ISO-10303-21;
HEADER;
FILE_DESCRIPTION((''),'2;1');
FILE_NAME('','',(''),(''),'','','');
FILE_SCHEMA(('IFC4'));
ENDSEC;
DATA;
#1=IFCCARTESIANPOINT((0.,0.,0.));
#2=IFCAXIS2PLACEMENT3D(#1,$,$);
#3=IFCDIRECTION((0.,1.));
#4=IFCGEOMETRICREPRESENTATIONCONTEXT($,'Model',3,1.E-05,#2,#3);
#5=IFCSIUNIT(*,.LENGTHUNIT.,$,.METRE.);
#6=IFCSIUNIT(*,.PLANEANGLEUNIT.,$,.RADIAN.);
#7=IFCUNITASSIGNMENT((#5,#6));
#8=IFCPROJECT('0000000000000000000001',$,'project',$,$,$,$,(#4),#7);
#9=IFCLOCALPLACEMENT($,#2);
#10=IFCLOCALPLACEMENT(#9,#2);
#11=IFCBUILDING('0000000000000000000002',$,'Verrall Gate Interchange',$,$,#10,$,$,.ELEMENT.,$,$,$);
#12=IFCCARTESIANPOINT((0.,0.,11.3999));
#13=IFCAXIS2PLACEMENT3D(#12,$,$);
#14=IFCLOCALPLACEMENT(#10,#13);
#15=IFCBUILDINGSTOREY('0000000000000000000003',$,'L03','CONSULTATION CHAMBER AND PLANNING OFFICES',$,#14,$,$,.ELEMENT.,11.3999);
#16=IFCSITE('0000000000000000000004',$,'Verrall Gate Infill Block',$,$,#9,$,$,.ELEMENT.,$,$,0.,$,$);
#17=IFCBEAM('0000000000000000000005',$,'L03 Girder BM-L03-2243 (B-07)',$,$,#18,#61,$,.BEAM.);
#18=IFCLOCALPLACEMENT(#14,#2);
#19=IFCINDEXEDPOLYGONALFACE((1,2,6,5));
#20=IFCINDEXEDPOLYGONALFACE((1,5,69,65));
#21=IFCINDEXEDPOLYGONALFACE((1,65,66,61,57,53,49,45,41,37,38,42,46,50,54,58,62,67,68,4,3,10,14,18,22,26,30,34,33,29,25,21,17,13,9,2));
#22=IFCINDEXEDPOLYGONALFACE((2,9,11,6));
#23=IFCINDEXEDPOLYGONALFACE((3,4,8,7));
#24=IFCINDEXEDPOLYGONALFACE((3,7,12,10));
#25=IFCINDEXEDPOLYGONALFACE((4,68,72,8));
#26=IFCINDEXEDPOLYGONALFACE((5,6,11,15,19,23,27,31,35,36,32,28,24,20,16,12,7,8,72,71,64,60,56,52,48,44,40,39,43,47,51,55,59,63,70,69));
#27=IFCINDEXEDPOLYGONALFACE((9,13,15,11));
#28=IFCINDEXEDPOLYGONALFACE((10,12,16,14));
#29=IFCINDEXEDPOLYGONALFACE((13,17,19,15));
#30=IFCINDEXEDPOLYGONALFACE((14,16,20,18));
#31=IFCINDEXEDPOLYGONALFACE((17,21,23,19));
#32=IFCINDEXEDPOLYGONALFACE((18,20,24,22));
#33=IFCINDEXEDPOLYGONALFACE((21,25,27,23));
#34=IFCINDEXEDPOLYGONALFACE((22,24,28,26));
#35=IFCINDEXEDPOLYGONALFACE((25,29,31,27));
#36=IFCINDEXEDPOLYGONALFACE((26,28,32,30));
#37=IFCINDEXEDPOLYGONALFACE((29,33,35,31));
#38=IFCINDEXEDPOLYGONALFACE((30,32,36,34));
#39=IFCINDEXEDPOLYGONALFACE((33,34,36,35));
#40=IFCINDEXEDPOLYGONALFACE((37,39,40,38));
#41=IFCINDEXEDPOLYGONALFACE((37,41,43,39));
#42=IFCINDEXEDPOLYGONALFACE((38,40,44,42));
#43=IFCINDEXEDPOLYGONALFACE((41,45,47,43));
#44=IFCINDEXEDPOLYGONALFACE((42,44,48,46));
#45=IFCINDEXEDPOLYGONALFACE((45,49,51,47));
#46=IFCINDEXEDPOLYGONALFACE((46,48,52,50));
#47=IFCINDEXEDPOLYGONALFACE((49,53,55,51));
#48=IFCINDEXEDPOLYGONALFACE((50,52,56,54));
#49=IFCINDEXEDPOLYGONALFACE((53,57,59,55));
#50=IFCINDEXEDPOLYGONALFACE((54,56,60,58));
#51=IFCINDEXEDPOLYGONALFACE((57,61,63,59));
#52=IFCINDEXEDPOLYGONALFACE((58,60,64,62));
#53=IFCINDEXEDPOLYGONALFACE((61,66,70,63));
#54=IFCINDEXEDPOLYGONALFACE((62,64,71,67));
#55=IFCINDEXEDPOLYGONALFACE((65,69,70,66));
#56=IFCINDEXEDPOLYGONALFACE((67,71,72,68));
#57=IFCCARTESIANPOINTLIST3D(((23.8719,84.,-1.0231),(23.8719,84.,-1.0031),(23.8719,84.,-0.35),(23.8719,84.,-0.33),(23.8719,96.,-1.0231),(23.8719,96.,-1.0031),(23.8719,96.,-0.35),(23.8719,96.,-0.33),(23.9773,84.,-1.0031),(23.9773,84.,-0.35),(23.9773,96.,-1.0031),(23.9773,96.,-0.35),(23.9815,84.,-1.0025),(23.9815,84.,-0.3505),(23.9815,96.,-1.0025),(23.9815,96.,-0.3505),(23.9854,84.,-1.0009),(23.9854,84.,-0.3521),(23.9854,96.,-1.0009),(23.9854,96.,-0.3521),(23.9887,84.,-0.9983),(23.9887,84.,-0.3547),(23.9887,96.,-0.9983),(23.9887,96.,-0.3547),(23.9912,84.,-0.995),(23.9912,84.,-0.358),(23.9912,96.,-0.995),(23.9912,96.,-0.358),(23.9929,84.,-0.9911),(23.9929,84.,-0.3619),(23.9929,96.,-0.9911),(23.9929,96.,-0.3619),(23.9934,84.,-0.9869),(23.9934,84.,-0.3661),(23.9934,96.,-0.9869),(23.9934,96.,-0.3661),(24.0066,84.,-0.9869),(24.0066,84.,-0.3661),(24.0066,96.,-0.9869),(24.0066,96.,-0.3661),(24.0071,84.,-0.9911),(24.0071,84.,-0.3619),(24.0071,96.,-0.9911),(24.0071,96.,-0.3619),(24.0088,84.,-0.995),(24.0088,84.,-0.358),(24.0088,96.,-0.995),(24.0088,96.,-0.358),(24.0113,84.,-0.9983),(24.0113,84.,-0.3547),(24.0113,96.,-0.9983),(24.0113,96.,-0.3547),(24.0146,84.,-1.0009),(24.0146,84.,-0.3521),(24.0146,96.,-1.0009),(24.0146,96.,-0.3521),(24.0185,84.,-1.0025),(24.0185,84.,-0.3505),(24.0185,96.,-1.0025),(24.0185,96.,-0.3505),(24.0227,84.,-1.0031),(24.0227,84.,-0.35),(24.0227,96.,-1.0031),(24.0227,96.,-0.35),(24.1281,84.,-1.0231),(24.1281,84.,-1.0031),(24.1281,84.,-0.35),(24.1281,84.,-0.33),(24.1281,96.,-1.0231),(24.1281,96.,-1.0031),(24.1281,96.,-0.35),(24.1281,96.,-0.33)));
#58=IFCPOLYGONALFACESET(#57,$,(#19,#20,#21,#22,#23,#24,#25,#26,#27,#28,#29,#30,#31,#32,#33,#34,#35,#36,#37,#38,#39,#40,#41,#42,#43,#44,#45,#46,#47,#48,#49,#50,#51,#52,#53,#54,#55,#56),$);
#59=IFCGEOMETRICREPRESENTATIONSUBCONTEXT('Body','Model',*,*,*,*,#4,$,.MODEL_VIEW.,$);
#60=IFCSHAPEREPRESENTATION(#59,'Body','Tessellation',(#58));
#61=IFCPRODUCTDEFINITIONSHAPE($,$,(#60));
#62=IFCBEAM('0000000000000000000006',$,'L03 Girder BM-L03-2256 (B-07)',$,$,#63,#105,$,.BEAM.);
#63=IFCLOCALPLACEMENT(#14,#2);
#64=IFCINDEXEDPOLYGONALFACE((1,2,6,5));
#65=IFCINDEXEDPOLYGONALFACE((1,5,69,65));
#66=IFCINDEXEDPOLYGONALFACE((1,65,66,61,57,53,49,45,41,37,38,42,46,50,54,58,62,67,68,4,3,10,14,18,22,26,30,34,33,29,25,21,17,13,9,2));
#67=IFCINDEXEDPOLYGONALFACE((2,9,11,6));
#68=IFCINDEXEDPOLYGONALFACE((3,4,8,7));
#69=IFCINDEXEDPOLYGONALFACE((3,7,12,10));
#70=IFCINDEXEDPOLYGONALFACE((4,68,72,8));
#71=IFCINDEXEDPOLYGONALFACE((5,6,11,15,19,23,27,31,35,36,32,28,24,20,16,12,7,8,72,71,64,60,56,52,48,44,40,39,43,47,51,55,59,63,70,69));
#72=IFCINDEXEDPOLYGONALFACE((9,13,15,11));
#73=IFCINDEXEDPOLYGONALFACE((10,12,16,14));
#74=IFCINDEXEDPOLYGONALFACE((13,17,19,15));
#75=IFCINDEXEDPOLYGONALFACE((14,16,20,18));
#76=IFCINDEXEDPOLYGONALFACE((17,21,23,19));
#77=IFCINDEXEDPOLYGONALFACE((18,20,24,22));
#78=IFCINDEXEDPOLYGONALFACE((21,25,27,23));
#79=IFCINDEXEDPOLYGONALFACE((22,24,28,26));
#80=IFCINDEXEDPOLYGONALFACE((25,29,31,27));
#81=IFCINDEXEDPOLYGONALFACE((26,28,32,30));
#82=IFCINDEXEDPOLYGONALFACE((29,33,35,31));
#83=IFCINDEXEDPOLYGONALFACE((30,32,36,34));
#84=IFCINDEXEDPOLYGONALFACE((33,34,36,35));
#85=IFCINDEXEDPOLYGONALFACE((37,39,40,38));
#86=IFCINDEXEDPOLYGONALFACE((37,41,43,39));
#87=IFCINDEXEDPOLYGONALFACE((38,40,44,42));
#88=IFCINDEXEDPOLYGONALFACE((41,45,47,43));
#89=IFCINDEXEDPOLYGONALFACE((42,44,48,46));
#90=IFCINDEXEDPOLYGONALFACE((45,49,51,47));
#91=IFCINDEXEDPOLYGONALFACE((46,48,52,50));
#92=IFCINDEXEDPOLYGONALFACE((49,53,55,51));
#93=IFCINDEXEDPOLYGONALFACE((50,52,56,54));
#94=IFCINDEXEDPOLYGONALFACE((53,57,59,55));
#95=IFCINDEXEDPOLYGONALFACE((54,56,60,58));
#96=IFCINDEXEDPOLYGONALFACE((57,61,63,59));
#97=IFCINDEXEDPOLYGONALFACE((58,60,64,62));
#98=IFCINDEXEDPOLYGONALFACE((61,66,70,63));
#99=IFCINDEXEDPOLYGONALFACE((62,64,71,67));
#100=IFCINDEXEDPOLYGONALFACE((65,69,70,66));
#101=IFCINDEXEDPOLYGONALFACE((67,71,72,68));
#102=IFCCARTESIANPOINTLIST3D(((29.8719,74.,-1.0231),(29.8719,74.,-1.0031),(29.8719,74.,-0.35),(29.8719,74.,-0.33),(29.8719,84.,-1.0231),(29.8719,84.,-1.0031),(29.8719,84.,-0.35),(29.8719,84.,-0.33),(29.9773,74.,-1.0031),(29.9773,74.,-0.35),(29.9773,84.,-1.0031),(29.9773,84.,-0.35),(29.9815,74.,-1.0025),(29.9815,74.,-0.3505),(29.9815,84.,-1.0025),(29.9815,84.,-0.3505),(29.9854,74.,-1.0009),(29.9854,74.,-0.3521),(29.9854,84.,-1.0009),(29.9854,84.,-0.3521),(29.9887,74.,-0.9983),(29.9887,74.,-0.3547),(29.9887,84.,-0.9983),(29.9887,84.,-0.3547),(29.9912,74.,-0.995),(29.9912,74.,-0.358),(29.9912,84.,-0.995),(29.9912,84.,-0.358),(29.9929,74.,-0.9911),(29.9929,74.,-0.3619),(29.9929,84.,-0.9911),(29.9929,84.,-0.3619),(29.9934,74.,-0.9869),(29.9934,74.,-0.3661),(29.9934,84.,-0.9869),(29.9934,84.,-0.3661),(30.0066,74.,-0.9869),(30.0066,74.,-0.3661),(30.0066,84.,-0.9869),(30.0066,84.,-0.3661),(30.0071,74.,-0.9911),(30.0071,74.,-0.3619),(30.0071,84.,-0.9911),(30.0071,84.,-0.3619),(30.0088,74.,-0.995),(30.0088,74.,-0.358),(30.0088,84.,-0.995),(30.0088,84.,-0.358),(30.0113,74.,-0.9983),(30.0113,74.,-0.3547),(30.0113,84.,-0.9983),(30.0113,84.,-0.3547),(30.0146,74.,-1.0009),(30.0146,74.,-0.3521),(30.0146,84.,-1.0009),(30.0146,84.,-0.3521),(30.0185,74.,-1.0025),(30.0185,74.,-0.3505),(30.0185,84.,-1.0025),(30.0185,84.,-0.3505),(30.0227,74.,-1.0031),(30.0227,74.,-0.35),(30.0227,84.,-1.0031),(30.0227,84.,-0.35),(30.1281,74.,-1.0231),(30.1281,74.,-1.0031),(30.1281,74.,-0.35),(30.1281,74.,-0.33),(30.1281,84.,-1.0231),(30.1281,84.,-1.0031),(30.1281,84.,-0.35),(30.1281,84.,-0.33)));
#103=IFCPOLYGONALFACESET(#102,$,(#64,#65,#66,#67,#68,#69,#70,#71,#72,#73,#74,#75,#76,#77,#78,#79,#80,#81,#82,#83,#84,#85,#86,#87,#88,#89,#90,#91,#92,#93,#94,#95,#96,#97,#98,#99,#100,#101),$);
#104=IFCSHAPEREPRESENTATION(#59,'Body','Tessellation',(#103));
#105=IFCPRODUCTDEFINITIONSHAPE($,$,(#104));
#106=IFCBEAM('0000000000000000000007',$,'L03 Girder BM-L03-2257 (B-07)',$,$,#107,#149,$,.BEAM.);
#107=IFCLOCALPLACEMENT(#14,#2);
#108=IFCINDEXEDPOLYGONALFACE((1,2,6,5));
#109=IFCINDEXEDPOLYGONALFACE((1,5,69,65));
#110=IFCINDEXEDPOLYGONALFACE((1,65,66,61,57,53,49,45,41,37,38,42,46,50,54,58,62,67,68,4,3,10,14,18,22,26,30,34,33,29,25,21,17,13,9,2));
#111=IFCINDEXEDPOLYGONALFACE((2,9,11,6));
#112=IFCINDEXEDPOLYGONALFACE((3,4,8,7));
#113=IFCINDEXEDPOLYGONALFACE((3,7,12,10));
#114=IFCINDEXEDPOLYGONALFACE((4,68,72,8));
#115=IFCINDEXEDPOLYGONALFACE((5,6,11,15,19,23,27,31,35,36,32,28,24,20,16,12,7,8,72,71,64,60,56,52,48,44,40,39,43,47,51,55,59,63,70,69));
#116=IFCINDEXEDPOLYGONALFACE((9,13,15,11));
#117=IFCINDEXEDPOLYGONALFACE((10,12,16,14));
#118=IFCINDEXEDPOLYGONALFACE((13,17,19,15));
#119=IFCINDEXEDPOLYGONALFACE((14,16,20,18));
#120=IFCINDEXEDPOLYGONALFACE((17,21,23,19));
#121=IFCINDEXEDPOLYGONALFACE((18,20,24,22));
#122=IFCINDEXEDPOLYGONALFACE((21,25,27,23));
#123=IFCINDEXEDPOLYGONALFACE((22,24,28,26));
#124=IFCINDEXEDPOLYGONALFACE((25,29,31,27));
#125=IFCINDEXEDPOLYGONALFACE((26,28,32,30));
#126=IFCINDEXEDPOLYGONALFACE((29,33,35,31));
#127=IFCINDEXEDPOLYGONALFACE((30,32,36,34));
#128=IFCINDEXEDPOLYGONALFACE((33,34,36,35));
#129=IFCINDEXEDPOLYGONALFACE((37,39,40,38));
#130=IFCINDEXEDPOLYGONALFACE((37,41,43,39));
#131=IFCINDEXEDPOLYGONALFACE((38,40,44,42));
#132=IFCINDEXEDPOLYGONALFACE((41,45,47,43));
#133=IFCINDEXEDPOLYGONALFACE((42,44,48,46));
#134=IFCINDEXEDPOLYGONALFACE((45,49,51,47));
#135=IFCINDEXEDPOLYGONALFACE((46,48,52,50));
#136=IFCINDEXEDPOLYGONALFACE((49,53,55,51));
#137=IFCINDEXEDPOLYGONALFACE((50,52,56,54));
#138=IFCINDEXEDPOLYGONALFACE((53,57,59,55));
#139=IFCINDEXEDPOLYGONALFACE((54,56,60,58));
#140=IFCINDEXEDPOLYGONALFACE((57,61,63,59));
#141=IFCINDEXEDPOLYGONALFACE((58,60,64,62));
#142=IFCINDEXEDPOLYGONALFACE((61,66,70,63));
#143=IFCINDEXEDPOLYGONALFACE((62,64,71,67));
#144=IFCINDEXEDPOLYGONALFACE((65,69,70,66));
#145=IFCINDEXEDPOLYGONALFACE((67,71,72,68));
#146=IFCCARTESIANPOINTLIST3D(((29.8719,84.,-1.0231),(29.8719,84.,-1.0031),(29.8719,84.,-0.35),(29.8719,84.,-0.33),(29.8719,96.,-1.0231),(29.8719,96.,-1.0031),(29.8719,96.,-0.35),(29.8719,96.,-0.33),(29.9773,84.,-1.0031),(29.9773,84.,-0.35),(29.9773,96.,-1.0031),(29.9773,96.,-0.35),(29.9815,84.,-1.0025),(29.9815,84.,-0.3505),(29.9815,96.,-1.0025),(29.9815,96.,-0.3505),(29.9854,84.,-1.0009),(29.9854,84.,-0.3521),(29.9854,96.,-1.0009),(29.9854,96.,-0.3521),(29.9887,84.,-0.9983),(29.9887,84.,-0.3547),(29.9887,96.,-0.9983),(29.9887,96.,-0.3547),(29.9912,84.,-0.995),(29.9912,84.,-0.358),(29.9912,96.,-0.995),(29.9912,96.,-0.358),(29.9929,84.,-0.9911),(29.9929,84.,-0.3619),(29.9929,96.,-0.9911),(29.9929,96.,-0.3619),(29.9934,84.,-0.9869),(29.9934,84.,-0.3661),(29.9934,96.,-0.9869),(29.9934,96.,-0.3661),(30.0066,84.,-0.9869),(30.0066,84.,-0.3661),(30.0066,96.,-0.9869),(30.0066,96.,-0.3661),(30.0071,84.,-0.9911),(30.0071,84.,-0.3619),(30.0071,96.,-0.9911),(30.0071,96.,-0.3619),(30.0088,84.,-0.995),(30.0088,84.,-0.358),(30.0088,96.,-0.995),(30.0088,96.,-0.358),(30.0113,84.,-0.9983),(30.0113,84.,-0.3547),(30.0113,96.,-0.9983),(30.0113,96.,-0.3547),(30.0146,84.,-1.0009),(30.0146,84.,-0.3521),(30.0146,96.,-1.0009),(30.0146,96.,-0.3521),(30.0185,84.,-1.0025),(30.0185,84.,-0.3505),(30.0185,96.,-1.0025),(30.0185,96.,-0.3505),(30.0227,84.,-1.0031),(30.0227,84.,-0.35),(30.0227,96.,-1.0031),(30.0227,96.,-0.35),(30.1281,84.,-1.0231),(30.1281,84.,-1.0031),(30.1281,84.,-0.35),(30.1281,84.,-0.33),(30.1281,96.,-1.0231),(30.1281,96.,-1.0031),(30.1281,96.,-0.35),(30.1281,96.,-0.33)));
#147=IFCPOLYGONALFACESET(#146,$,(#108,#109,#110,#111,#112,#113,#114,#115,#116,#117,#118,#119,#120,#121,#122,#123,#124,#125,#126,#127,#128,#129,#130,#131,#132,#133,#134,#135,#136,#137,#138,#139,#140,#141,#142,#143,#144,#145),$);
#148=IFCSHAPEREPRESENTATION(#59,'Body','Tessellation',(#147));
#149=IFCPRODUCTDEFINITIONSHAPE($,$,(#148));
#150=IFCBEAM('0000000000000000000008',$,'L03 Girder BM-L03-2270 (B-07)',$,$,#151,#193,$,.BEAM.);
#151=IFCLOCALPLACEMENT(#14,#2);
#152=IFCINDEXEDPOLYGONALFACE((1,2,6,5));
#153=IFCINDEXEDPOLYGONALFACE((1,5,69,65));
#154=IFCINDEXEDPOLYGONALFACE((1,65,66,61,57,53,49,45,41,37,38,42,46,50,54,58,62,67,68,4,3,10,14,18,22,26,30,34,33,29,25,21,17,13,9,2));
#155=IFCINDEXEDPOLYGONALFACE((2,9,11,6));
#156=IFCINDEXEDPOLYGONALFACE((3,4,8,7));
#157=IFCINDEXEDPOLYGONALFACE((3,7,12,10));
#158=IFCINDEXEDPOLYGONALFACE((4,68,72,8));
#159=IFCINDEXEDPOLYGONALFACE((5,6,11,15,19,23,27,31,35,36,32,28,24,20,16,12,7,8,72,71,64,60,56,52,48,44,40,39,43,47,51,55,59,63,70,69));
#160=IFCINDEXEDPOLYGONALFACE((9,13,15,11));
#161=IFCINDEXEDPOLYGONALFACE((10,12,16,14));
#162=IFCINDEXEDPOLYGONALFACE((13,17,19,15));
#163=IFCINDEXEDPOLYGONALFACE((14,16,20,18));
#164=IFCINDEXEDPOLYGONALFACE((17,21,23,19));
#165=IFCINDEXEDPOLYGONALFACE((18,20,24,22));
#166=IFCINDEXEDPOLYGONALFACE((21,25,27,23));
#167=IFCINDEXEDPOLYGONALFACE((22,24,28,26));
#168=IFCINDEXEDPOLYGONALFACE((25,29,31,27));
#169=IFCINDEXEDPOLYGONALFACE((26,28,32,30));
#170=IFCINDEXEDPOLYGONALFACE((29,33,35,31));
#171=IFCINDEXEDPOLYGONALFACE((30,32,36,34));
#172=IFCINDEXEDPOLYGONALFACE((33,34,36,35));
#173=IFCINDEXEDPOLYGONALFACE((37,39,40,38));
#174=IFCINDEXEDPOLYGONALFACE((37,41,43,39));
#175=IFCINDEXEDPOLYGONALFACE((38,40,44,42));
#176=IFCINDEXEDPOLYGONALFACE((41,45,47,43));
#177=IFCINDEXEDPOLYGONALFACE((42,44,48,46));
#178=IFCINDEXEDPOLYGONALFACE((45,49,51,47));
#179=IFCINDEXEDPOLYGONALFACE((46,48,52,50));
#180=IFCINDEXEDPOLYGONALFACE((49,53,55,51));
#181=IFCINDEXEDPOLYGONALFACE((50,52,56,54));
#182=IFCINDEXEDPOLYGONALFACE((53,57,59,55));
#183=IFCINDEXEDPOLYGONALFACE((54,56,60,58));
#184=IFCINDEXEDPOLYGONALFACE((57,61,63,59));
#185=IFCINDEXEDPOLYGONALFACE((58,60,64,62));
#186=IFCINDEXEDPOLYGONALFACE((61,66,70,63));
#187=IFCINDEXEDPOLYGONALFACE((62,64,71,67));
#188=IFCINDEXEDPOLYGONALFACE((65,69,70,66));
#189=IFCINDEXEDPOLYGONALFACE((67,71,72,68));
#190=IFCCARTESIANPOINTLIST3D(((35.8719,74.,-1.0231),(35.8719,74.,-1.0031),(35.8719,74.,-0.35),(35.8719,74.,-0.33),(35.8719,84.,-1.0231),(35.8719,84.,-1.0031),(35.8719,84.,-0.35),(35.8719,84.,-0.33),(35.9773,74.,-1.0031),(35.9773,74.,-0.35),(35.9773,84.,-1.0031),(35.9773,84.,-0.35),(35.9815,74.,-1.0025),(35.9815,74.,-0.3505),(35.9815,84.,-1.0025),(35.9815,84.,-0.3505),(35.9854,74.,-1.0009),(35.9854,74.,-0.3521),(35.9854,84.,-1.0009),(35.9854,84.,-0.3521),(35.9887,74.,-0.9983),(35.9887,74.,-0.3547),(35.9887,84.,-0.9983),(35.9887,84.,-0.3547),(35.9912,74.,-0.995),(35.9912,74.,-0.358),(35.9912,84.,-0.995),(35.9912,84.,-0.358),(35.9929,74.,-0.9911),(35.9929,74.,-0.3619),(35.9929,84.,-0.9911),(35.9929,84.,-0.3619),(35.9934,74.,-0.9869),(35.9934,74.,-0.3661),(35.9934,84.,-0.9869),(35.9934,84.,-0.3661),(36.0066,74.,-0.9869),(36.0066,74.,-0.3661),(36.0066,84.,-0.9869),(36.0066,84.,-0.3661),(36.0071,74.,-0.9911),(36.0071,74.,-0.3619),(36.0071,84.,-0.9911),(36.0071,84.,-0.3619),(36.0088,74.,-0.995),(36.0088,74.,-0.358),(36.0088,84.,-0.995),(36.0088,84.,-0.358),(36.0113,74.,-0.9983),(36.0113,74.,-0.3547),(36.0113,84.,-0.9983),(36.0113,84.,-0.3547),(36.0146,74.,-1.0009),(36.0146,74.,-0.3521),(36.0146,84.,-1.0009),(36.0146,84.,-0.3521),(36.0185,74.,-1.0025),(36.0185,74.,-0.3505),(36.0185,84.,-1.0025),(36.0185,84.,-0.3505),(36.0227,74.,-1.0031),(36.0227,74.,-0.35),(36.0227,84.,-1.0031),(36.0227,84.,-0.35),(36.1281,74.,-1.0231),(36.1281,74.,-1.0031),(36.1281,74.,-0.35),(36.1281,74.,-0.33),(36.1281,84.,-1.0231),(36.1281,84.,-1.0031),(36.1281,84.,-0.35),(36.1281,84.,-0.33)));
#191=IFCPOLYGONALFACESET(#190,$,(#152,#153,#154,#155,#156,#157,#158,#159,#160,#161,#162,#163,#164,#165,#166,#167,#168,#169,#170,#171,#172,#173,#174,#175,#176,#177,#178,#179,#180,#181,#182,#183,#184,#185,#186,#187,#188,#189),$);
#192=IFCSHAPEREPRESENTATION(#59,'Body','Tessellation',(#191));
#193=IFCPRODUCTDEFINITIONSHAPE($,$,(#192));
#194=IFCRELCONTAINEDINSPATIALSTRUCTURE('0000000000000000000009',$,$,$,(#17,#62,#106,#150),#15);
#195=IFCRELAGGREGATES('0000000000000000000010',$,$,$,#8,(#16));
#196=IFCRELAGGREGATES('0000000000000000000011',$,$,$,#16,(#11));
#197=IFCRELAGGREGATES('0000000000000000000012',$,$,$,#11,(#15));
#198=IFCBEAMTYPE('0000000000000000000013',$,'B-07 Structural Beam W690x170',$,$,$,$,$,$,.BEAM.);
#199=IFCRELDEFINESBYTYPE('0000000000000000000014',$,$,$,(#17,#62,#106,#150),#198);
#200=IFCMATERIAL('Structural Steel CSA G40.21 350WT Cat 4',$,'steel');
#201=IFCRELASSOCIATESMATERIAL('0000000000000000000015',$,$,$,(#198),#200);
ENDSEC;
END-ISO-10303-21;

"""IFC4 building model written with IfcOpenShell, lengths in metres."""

from ifc_helpers import new_model, si_unit, direction, frame, origin, origin_2d, place, context, subcontext, project, spatial, i_section, extrude, material, material_profile, profile_set, type_object, element, save


model = new_model("IFC4")

# Units and contexts
model_context = context("Model", 3, precision=1e-05, world=origin(), true_north=direction((0.0, 1.0)))
body_context = subcontext(model_context, "Body", "Model", "MODEL_VIEW")
ifc_project = project(units=[si_unit("LENGTHUNIT", "METRE"), si_unit("PLANEANGLEUNIT", "RADIAN")], contexts=[model_context])

# Site, building, storey
site_placement = place(None, origin())
site = spatial("IfcSite", under=ifc_project, at=site_placement, Name="Verrall Gate Infill Block", CompositionType="ELEMENT", RefElevation=0.0)
building_placement = place(site_placement, origin())
building = spatial("IfcBuilding", under=site, at=building_placement, Name="Verrall Gate Interchange", CompositionType="ELEMENT")
storey_placement = place(building_placement, frame((0.0, 0.0, 11.3999)))
storey = spatial("IfcBuildingStorey", under=building, at=storey_placement, Name="L03", Description="CONSULTATION CHAMBER AND PLANNING OFFICES", CompositionType="ELEMENT", Elevation=11.3999)

# Beams
ifc_material_1 = material(Name="Structural Steel CSA G40.21 350WT Cat 4", Category="steel")
ifc_material_profile_1 = material_profile(ifc_material_1, i_section(OverallWidth=0.2561, OverallDepth=0.6931, WebThickness=0.0132, FlangeThickness=0.02, FilletRadius=0.0161, at=origin_2d()), Name="W690x170")
ifc_profile_set_1 = profile_set([ifc_material_profile_1], Name="Structural Steel CSA G40.21 350WT Cat 4")
beam_type_1 = type_object("IfcBeamType", Name="B-07 Structural Beam W690x170", PredefinedType="BEAM", material=ifc_profile_set_1)
beam_1_placement = place(storey_placement, frame((24.0, 84.0, -0.6765), z_axis=(0.0, 1.0, 0.0), x_axis=(-1.0, 0.0, 0.0)))
element("IfcBeam", 1, at=beam_1_placement, inside=storey, type_object=beam_type_1, Name="L03 Girder BM-L03-2243 (B-07)", PredefinedType="BEAM", context=body_context, shape_type="SweptSolid", body=[
    extrude(i_section(OverallWidth=0.2561, OverallDepth=0.6931, WebThickness=0.0132, FlangeThickness=0.02, FilletRadius=0.0161, at=origin_2d()), origin(), (0.0, 0.0, 1.0), 12.0),
])
beam_2_placement = place(storey_placement, frame((30.0, 74.0, -0.6765), z_axis=(0.0, 1.0, 0.0), x_axis=(-1.0, 0.0, 0.0)))
element("IfcBeam", 2, at=beam_2_placement, inside=storey, type_object=beam_type_1, Name="L03 Girder BM-L03-2256 (B-07)", PredefinedType="BEAM", context=body_context, shape_type="SweptSolid", body=[
    extrude(i_section(OverallWidth=0.2561, OverallDepth=0.6931, WebThickness=0.0132, FlangeThickness=0.02, FilletRadius=0.0161, at=origin_2d()), origin(), (0.0, 0.0, 1.0), 10.0),
])
beam_3_placement = place(storey_placement, frame((30.0, 84.0, -0.6765), z_axis=(0.0, 1.0, 0.0), x_axis=(-1.0, 0.0, 0.0)))
element("IfcBeam", 3, at=beam_3_placement, inside=storey, type_object=beam_type_1, Name="L03 Girder BM-L03-2257 (B-07)", PredefinedType="BEAM", context=body_context, shape_type="SweptSolid", body=[
    extrude(i_section(OverallWidth=0.2561, OverallDepth=0.6931, WebThickness=0.0132, FlangeThickness=0.02, FilletRadius=0.0161, at=origin_2d()), origin(), (0.0, 0.0, 1.0), 12.0),
])
beam_4_placement = place(storey_placement, frame((36.0, 74.0, -0.6765), z_axis=(0.0, 1.0, 0.0), x_axis=(-1.0, 0.0, 0.0)))
element("IfcBeam", 4, at=beam_4_placement, inside=storey, type_object=beam_type_1, Name="L03 Girder BM-L03-2270 (B-07)", PredefinedType="BEAM", context=body_context, shape_type="SweptSolid", body=[
    extrude(i_section(OverallWidth=0.2561, OverallDepth=0.6931, WebThickness=0.0132, FlangeThickness=0.02, FilletRadius=0.0161, at=origin_2d()), origin(), (0.0, 0.0, 1.0), 10.0),
])

save(model, "model.ifc")
